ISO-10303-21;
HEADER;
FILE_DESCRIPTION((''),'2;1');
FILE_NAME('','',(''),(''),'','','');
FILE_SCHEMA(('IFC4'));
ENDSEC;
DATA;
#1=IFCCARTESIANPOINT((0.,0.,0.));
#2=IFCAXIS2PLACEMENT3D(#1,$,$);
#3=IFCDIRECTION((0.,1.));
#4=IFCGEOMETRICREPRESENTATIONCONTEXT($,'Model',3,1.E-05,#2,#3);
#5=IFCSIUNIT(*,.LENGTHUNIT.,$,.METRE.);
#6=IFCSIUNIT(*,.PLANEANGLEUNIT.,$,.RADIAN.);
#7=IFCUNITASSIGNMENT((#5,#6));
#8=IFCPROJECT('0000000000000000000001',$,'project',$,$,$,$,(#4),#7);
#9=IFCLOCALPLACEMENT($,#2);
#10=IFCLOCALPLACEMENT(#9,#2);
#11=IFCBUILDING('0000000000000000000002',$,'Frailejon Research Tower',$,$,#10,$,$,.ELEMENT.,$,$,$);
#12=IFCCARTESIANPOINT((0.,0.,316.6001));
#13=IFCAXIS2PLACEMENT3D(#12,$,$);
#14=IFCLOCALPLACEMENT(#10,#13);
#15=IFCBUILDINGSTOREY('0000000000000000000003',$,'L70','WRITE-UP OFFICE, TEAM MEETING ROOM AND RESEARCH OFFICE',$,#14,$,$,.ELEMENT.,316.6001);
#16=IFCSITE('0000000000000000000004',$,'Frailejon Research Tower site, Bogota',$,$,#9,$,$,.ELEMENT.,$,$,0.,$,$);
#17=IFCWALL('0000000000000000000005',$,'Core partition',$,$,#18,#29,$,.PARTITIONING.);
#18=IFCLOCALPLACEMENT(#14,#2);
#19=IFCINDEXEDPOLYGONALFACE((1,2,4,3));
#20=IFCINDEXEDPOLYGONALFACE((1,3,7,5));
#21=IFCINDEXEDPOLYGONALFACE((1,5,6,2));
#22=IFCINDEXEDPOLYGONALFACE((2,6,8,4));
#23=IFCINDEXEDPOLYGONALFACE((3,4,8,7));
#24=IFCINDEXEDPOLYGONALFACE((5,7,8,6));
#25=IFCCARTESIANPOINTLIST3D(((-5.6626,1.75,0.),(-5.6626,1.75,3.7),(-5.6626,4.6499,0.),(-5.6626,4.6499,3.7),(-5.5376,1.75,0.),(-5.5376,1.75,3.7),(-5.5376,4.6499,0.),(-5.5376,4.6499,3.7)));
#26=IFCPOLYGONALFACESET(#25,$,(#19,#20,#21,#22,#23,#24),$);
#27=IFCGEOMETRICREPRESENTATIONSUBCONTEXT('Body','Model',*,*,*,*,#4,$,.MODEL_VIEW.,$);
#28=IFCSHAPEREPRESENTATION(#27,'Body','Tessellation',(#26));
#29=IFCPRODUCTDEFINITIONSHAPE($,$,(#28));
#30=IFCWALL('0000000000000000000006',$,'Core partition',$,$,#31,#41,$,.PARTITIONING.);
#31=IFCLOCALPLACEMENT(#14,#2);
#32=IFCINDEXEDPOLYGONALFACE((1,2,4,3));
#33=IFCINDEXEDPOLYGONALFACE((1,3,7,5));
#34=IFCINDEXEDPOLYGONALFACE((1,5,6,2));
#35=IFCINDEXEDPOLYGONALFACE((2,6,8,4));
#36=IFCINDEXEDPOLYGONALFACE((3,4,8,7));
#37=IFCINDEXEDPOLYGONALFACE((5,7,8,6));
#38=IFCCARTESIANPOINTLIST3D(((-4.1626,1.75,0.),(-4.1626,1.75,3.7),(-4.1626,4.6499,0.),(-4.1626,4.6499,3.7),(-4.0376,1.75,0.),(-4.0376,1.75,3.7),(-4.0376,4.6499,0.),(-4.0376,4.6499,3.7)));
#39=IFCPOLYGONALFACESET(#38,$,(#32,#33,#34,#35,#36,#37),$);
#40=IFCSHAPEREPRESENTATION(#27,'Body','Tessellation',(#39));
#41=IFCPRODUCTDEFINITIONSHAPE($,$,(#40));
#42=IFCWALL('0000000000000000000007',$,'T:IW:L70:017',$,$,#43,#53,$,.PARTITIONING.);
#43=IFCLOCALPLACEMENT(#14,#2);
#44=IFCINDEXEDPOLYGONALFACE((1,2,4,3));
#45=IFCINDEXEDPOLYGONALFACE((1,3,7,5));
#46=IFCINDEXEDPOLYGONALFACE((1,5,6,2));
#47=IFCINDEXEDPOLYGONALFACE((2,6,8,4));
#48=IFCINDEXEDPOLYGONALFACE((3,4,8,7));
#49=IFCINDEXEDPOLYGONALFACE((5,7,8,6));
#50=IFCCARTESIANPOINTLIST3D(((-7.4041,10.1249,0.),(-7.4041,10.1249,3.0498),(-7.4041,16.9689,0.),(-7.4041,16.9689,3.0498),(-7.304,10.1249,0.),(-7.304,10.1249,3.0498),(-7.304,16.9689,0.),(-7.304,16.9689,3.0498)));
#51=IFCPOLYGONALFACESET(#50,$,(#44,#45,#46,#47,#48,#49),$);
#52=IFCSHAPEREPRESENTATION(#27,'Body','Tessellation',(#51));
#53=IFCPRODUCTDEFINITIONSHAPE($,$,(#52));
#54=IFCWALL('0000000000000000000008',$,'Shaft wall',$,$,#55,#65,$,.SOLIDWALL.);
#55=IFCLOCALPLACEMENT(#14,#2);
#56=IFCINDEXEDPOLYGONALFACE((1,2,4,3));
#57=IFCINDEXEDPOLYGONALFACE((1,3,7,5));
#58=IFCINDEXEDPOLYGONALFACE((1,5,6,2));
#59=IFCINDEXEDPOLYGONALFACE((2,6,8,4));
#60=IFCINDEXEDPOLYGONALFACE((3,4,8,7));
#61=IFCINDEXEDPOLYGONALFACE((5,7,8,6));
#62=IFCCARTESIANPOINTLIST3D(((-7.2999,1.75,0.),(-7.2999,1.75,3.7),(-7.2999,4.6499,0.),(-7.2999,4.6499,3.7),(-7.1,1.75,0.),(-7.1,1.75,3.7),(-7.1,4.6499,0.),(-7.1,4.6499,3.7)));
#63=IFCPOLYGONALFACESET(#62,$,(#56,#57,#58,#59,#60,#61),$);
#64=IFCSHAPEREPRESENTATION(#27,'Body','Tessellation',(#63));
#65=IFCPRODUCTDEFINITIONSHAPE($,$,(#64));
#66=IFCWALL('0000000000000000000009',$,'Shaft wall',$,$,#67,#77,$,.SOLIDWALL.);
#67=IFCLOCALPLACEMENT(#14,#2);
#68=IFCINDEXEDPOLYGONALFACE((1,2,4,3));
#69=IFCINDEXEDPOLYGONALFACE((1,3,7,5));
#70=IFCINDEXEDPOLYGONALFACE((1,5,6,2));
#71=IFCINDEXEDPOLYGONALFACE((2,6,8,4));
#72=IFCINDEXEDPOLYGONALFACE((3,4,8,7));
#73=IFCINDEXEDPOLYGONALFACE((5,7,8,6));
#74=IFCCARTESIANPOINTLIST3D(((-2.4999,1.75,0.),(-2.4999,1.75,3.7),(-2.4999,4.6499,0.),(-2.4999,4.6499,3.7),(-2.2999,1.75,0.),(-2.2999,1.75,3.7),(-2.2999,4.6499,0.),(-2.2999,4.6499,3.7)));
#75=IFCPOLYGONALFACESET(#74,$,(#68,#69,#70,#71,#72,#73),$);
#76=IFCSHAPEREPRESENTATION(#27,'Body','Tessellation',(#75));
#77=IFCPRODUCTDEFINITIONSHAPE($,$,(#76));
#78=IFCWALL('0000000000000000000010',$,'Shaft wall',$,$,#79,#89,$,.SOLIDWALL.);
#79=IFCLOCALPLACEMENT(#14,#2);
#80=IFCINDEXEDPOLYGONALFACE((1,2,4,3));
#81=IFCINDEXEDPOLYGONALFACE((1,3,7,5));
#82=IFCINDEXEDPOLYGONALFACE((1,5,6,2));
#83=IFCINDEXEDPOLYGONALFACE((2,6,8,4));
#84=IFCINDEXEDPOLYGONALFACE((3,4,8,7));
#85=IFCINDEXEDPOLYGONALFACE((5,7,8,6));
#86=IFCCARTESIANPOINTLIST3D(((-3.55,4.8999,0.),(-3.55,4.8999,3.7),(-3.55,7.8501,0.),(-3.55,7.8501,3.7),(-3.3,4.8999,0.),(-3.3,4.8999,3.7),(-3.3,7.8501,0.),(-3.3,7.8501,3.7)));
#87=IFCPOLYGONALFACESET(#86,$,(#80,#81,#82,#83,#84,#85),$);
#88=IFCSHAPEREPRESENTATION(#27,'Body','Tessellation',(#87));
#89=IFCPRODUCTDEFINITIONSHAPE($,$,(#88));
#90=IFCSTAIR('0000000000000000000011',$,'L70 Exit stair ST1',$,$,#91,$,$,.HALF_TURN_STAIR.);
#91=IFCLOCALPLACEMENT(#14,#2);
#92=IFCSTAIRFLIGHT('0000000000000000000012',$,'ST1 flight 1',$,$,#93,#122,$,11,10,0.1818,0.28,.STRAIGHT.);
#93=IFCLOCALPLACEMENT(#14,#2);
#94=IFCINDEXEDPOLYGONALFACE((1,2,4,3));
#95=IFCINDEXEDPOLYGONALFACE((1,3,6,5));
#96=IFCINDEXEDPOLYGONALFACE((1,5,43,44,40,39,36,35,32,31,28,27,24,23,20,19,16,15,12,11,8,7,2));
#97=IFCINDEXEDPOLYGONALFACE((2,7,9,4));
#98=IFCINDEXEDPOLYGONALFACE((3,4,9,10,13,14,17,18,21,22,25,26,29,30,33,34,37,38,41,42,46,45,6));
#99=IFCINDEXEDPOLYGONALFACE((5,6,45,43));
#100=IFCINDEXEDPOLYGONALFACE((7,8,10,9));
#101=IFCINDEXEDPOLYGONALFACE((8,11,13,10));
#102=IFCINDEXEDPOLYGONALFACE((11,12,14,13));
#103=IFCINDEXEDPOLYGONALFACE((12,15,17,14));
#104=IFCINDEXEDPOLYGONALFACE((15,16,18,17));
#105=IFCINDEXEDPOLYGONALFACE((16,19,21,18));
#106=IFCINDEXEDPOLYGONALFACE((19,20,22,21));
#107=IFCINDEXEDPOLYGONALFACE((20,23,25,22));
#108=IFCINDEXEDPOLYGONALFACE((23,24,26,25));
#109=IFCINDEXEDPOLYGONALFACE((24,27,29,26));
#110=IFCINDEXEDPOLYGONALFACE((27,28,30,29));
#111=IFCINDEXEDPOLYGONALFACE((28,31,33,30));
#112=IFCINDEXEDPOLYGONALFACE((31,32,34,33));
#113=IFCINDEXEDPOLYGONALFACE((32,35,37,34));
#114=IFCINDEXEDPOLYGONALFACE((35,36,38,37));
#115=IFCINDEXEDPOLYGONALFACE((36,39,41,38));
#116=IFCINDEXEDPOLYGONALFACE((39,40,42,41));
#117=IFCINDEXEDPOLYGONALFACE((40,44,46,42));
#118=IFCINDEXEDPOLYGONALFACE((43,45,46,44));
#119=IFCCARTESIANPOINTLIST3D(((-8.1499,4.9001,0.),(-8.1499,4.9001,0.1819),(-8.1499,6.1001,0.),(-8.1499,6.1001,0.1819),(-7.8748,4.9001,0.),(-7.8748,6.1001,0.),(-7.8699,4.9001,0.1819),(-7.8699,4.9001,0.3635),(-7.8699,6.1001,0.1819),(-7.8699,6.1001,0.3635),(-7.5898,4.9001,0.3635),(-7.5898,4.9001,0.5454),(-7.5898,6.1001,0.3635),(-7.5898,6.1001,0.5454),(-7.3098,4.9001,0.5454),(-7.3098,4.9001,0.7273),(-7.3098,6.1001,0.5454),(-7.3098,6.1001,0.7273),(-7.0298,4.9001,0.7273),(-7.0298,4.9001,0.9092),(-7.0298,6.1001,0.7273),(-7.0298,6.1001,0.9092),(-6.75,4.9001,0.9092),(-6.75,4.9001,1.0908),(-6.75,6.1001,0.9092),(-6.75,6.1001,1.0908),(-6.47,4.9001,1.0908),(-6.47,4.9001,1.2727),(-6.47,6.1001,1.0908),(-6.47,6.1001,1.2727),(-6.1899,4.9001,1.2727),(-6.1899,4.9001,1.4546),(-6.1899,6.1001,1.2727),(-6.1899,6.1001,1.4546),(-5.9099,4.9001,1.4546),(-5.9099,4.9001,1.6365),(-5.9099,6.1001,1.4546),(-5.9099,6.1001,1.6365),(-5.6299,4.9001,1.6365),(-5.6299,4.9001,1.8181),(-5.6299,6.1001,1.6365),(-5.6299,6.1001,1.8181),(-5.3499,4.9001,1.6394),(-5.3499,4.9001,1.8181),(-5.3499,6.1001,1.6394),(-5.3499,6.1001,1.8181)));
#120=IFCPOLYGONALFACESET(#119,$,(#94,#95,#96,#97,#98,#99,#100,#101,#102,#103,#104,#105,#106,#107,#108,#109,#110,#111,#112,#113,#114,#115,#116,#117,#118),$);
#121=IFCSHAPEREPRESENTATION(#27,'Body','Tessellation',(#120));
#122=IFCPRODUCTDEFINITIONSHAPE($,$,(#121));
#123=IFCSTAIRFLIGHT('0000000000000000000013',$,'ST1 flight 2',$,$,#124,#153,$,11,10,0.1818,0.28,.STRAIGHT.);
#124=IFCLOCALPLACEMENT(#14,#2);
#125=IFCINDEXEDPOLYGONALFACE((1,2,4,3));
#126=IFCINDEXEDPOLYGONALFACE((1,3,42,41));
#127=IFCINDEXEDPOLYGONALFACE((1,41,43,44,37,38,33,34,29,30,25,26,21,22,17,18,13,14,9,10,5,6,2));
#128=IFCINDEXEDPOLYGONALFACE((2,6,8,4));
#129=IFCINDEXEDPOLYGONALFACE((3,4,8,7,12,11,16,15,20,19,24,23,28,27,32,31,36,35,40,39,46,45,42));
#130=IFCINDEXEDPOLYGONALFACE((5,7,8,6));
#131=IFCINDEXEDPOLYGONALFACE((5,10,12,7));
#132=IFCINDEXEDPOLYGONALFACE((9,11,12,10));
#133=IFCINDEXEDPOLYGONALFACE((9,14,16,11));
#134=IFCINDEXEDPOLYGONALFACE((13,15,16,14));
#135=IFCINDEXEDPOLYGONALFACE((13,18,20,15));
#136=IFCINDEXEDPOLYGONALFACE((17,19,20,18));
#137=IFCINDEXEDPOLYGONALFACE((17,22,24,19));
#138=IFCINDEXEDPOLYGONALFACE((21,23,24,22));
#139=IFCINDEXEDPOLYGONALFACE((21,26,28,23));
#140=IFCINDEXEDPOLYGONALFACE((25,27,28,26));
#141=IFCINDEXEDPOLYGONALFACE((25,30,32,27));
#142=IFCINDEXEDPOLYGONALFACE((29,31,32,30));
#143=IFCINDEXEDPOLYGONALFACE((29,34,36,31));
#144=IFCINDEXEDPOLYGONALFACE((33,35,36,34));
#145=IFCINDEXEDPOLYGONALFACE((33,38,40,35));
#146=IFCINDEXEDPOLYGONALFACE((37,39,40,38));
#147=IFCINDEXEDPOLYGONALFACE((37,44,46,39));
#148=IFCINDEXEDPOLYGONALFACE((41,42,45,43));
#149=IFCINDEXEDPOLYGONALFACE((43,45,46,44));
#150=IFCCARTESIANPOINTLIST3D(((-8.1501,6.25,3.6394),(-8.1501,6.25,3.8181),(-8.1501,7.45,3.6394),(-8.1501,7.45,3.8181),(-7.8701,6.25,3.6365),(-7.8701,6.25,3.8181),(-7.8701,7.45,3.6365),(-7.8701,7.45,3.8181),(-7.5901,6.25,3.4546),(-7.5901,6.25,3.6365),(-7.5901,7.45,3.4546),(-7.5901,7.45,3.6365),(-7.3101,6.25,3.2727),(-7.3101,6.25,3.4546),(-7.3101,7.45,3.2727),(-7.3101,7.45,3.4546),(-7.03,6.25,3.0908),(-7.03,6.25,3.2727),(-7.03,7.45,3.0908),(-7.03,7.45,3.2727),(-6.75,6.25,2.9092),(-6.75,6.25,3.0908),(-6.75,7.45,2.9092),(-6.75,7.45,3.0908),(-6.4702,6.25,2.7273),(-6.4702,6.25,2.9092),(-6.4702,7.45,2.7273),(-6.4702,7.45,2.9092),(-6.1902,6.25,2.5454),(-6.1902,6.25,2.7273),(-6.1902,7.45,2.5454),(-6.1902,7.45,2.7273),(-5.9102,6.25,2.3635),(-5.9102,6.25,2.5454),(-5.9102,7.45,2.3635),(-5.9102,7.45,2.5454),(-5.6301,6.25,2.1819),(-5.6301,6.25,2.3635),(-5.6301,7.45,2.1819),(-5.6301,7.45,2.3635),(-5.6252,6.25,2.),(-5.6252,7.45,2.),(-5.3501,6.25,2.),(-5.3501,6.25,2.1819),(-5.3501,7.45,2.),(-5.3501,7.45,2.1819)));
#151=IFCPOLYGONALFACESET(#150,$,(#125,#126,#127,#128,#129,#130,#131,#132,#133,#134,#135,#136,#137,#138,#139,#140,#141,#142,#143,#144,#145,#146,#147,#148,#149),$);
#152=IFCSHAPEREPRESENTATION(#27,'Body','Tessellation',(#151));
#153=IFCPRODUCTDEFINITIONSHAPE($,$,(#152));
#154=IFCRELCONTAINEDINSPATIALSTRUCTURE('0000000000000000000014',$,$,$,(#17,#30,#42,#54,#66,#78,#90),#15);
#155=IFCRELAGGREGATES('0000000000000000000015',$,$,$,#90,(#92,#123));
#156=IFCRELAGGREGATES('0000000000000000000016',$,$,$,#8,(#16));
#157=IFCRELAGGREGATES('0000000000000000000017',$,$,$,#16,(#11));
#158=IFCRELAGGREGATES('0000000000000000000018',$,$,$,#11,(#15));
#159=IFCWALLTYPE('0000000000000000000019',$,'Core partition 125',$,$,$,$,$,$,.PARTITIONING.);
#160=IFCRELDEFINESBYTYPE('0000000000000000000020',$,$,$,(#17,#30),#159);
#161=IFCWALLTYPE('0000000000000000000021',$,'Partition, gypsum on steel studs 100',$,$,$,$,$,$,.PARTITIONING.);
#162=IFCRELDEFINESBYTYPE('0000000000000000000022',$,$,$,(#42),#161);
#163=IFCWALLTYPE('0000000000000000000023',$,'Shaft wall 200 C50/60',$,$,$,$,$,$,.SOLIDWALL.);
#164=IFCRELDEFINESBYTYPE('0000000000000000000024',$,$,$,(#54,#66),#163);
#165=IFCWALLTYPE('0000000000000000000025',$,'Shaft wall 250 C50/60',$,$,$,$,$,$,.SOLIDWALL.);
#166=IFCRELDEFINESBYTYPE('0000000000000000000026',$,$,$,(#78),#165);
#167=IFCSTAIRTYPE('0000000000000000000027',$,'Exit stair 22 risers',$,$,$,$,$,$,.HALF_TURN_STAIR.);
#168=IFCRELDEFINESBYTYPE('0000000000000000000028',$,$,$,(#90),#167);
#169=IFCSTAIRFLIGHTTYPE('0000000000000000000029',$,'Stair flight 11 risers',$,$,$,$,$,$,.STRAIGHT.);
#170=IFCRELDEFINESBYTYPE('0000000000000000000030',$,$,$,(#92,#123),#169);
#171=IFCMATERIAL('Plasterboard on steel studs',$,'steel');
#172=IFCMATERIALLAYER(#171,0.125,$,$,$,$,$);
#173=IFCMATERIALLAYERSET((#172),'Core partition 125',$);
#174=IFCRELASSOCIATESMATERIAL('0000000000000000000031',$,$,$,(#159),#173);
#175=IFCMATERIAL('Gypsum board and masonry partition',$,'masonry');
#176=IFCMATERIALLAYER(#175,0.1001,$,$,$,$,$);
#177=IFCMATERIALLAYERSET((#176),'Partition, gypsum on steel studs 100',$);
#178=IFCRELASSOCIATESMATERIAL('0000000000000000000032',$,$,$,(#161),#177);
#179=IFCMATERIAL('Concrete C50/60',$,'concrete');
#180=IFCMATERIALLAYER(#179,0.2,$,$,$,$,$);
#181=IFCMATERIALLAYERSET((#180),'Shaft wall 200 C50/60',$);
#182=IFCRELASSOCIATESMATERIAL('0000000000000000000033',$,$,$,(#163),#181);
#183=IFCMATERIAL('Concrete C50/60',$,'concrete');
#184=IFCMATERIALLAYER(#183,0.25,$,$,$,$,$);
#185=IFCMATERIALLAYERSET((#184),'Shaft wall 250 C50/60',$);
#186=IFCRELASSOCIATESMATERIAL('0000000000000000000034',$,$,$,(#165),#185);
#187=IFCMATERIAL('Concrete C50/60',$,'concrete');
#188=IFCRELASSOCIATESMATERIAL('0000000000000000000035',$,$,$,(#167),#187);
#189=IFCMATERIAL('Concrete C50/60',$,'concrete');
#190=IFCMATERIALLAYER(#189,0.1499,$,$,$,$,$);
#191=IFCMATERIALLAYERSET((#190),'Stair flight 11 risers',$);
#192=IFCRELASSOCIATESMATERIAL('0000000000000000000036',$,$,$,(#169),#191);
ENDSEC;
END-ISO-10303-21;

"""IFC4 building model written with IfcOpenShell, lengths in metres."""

from ifc_helpers import new_model, si_unit, direction, frame, frame_2d, origin, place, context, subcontext, project, spatial, polyline, rectangle, outline, extrude, material, layer, layer_set, type_object, element, aggregate, save


model = new_model("IFC4")

# Units and contexts
model_context = context("Model", 3, precision=1e-05, world=origin(), true_north=direction((0.0, 1.0)))
body_context = subcontext(model_context, "Body", "Model", "MODEL_VIEW")
ifc_project = project(units=[si_unit("LENGTHUNIT", "METRE"), si_unit("PLANEANGLEUNIT", "RADIAN")], contexts=[model_context])

# Site, building, storey
site_placement = place(None, origin())
site = spatial("IfcSite", under=ifc_project, at=site_placement, Name="Frailejon Research Tower site, Bogota", CompositionType="ELEMENT", RefElevation=0.0)
building_placement = place(site_placement, origin())
building = spatial("IfcBuilding", under=site, at=building_placement, Name="Frailejon Research Tower", CompositionType="ELEMENT")
storey_placement = place(building_placement, frame((0.0, 0.0, 316.6001)))
storey = spatial("IfcBuildingStorey", under=building, at=storey_placement, Name="L70", Description="WRITE-UP OFFICE, TEAM MEETING ROOM AND RESEARCH OFFICE", CompositionType="ELEMENT", Elevation=316.6001)

# Walls
ifc_material_1 = material(Name="Plasterboard on steel studs", Category="steel")
ifc_layer_1 = layer(ifc_material_1, 0.125)
ifc_layer_set_1 = layer_set([ifc_layer_1], Name="Core partition 125")
wall_type_1 = type_object("IfcWallType", Name="Core partition 125", PredefinedType="PARTITIONING", material=ifc_layer_set_1)
for number, where, z_axis, x_axis, name in (
    (1, (-5.6001, 1.75, 0.0), (0.0, 0.0, 1.0), (0.0, 1.0, 0.0), "Core partition"),
    (2, (-4.1001, 1.75, 0.0), (0.0, 0.0, 1.0), (0.0, 1.0, 0.0), "Core partition"),
):
    element("IfcWall", number, at=place(storey_placement, frame(where, z_axis=z_axis, x_axis=x_axis)), inside=storey, type_object=wall_type_1, Name=name, PredefinedType="PARTITIONING", context=body_context, shape_type="SweptSolid", body=[
        extrude(rectangle(XDim=2.8999, YDim=0.125, at=frame_2d((1.45, 0.0))), origin(), (0.0, 0.0, 1.0), 3.7),
    ])
ifc_material_2 = material(Name="Gypsum board and masonry partition", Category="masonry")
ifc_layer_2 = layer(ifc_material_2, 0.1001)
ifc_layer_set_2 = layer_set([ifc_layer_2], Name="Partition, gypsum on steel studs 100")
wall_type_2 = type_object("IfcWallType", Name="Partition, gypsum on steel studs 100", PredefinedType="PARTITIONING", material=ifc_layer_set_2)
wall_1_placement = place(storey_placement, frame((-7.354, 10.125, 0.0), z_axis=(0.0, 0.0, 1.0), x_axis=(0.0, 1.0, 0.0)))
element("IfcWall", 3, at=wall_1_placement, inside=storey, type_object=wall_type_2, Name="T:IW:L70:017", PredefinedType="PARTITIONING", context=body_context, shape_type="SweptSolid", body=[
    extrude(rectangle(XDim=6.844, YDim=0.1001, at=frame_2d((3.4219, 0.0))), origin(), (0.0, 0.0, 1.0), 3.0498),
])
ifc_material_3 = material(Name="Concrete C50/60", Category="concrete")
ifc_layer_3 = layer(ifc_material_3, 0.2)
ifc_layer_set_3 = layer_set([ifc_layer_3], Name="Shaft wall 200 C50/60")
wall_type_3 = type_object("IfcWallType", Name="Shaft wall 200 C50/60", PredefinedType="SOLIDWALL", material=ifc_layer_set_3)
for number, where, z_axis, x_axis, name in (
    (4, (-7.2, 1.75, 0.0), (0.0, 0.0, 1.0), (0.0, 1.0, 0.0), "Shaft wall"),
    (5, (-2.3999, 1.75, 0.0), (0.0, 0.0, 1.0), (0.0, 1.0, 0.0), "Shaft wall"),
):
    element("IfcWall", number, at=place(storey_placement, frame(where, z_axis=z_axis, x_axis=x_axis)), inside=storey, type_object=wall_type_3, Name=name, PredefinedType="SOLIDWALL", context=body_context, shape_type="SweptSolid", body=[
        extrude(rectangle(XDim=2.8999, YDim=0.2, at=frame_2d((1.45, 0.0))), origin(), (0.0, 0.0, 1.0), 3.7),
    ])
ifc_material_4 = material(Name="Concrete C50/60", Category="concrete")
ifc_layer_4 = layer(ifc_material_4, 0.25)
ifc_layer_set_4 = layer_set([ifc_layer_4], Name="Shaft wall 250 C50/60")
wall_type_4 = type_object("IfcWallType", Name="Shaft wall 250 C50/60", PredefinedType="SOLIDWALL", material=ifc_layer_set_4)
wall_2_placement = place(storey_placement, frame((-3.425, 4.8999, 0.0), z_axis=(0.0, 0.0, 1.0), x_axis=(0.0, 1.0, 0.0)))
element("IfcWall", 6, at=wall_2_placement, inside=storey, type_object=wall_type_4, Name="Shaft wall", PredefinedType="SOLIDWALL", context=body_context, shape_type="SweptSolid", body=[
    extrude(rectangle(XDim=2.9502, YDim=0.25, at=frame_2d((1.4751, 0.0))), origin(), (0.0, 0.0, 1.0), 3.7),
])

# Stair, stair flights
ifc_material_5 = material(Name="Concrete C50/60", Category="concrete")
stair_type = type_object("IfcStairType", Name="Exit stair 22 risers", PredefinedType="HALF_TURN_STAIR", material=ifc_material_5)
stair_placement = place(storey_placement, origin())
stair = element("IfcStair", 7, at=stair_placement, inside=storey, type_object=stair_type, Name="L70 Exit stair ST1", PredefinedType="HALF_TURN_STAIR")
ifc_material_6 = material(Name="Concrete C50/60", Category="concrete")
ifc_layer_5 = layer(ifc_material_6, 0.1499)
ifc_layer_set_5 = layer_set([ifc_layer_5], Name="Stair flight 11 risers")
stair_flight_type = type_object("IfcStairFlightType", Name="Stair flight 11 risers", PredefinedType="STRAIGHT", material=ifc_layer_set_5)
stair_flight_1_placement = place(storey_placement, frame((-8.1499, 5.5, 0.0), z_axis=(0.0, 0.0, 1.0), x_axis=(1.0, 0.0, 0.0)))
stair_flight_1 = element("IfcStairFlight", 8, at=stair_flight_1_placement, type_object=stair_flight_type, Name="ST1 flight 1", NumberOfRisers=11, NumberOfTreads=10, PredefinedType="STRAIGHT", RiserHeight=0.1818, TreadLength=0.28, context=body_context, shape_type="SweptSolid", body=[
    extrude(outline(polyline([(0.0, 0.0), (0.0, 0.1819), (0.28, 0.1819), (0.28, 0.3635), (0.5601, 0.3635), (0.5601, 0.5454), (0.8401, 0.5454), (0.8401, 0.7273), (1.1201, 0.7273), (1.1201, 0.9092), (1.3999, 0.9092), (1.3999, 1.0908), (1.6799, 1.0908), (1.6799, 1.2727), (1.96, 1.2727), (1.96, 1.4546), (2.24, 1.4546), (2.24, 1.6365), (2.52, 1.6365), (2.52, 1.8181), (2.8, 1.8181), (2.8, 2.0), (2.8, 1.6394), (0.2751, 0.0), (0.0, 0.0)])), frame((0.0, 0.6001, 0.0), z_axis=(0.0, -1.0, 0.0), x_axis=(1.0, 0.0, 0.0)), (0.0, 0.0, 1.0), 1.2),
])
stair_flight_2_placement = place(storey_placement, frame((-5.3501, 6.8501, 2.0), z_axis=(0.0, 0.0, 1.0), x_axis=(-1.0, 0.0, 0.0)))
stair_flight_2 = element("IfcStairFlight", 9, at=stair_flight_2_placement, type_object=stair_flight_type, Name="ST1 flight 2", NumberOfRisers=11, NumberOfTreads=10, PredefinedType="STRAIGHT", RiserHeight=0.1818, TreadLength=0.28, context=body_context, shape_type="SweptSolid", body=[
    extrude(outline(polyline([(0.0, 0.0), (0.0, 0.1819), (0.28, 0.1819), (0.28, 0.3635), (0.5601, 0.3635), (0.5601, 0.5454), (0.8401, 0.5454), (0.8401, 0.7273), (1.1201, 0.7273), (1.1201, 0.9092), (1.3999, 0.9092), (1.3999, 1.0908), (1.6799, 1.0908), (1.6799, 1.2727), (1.96, 1.2727), (1.96, 1.4546), (2.24, 1.4546), (2.24, 1.6365), (2.52, 1.6365), (2.52, 1.8181), (2.8, 1.8181), (2.8, 2.0), (2.8, 1.6394), (0.2751, 0.0), (0.0, 0.0)])), frame((0.0, 0.6001, 0.0), z_axis=(0.0, -1.0, 0.0), x_axis=(1.0, 0.0, 0.0)), (0.0, 0.0, 1.0), 1.2),
])
aggregate(stair, [stair_flight_1, stair_flight_2])

save(model, "model.ifc")
